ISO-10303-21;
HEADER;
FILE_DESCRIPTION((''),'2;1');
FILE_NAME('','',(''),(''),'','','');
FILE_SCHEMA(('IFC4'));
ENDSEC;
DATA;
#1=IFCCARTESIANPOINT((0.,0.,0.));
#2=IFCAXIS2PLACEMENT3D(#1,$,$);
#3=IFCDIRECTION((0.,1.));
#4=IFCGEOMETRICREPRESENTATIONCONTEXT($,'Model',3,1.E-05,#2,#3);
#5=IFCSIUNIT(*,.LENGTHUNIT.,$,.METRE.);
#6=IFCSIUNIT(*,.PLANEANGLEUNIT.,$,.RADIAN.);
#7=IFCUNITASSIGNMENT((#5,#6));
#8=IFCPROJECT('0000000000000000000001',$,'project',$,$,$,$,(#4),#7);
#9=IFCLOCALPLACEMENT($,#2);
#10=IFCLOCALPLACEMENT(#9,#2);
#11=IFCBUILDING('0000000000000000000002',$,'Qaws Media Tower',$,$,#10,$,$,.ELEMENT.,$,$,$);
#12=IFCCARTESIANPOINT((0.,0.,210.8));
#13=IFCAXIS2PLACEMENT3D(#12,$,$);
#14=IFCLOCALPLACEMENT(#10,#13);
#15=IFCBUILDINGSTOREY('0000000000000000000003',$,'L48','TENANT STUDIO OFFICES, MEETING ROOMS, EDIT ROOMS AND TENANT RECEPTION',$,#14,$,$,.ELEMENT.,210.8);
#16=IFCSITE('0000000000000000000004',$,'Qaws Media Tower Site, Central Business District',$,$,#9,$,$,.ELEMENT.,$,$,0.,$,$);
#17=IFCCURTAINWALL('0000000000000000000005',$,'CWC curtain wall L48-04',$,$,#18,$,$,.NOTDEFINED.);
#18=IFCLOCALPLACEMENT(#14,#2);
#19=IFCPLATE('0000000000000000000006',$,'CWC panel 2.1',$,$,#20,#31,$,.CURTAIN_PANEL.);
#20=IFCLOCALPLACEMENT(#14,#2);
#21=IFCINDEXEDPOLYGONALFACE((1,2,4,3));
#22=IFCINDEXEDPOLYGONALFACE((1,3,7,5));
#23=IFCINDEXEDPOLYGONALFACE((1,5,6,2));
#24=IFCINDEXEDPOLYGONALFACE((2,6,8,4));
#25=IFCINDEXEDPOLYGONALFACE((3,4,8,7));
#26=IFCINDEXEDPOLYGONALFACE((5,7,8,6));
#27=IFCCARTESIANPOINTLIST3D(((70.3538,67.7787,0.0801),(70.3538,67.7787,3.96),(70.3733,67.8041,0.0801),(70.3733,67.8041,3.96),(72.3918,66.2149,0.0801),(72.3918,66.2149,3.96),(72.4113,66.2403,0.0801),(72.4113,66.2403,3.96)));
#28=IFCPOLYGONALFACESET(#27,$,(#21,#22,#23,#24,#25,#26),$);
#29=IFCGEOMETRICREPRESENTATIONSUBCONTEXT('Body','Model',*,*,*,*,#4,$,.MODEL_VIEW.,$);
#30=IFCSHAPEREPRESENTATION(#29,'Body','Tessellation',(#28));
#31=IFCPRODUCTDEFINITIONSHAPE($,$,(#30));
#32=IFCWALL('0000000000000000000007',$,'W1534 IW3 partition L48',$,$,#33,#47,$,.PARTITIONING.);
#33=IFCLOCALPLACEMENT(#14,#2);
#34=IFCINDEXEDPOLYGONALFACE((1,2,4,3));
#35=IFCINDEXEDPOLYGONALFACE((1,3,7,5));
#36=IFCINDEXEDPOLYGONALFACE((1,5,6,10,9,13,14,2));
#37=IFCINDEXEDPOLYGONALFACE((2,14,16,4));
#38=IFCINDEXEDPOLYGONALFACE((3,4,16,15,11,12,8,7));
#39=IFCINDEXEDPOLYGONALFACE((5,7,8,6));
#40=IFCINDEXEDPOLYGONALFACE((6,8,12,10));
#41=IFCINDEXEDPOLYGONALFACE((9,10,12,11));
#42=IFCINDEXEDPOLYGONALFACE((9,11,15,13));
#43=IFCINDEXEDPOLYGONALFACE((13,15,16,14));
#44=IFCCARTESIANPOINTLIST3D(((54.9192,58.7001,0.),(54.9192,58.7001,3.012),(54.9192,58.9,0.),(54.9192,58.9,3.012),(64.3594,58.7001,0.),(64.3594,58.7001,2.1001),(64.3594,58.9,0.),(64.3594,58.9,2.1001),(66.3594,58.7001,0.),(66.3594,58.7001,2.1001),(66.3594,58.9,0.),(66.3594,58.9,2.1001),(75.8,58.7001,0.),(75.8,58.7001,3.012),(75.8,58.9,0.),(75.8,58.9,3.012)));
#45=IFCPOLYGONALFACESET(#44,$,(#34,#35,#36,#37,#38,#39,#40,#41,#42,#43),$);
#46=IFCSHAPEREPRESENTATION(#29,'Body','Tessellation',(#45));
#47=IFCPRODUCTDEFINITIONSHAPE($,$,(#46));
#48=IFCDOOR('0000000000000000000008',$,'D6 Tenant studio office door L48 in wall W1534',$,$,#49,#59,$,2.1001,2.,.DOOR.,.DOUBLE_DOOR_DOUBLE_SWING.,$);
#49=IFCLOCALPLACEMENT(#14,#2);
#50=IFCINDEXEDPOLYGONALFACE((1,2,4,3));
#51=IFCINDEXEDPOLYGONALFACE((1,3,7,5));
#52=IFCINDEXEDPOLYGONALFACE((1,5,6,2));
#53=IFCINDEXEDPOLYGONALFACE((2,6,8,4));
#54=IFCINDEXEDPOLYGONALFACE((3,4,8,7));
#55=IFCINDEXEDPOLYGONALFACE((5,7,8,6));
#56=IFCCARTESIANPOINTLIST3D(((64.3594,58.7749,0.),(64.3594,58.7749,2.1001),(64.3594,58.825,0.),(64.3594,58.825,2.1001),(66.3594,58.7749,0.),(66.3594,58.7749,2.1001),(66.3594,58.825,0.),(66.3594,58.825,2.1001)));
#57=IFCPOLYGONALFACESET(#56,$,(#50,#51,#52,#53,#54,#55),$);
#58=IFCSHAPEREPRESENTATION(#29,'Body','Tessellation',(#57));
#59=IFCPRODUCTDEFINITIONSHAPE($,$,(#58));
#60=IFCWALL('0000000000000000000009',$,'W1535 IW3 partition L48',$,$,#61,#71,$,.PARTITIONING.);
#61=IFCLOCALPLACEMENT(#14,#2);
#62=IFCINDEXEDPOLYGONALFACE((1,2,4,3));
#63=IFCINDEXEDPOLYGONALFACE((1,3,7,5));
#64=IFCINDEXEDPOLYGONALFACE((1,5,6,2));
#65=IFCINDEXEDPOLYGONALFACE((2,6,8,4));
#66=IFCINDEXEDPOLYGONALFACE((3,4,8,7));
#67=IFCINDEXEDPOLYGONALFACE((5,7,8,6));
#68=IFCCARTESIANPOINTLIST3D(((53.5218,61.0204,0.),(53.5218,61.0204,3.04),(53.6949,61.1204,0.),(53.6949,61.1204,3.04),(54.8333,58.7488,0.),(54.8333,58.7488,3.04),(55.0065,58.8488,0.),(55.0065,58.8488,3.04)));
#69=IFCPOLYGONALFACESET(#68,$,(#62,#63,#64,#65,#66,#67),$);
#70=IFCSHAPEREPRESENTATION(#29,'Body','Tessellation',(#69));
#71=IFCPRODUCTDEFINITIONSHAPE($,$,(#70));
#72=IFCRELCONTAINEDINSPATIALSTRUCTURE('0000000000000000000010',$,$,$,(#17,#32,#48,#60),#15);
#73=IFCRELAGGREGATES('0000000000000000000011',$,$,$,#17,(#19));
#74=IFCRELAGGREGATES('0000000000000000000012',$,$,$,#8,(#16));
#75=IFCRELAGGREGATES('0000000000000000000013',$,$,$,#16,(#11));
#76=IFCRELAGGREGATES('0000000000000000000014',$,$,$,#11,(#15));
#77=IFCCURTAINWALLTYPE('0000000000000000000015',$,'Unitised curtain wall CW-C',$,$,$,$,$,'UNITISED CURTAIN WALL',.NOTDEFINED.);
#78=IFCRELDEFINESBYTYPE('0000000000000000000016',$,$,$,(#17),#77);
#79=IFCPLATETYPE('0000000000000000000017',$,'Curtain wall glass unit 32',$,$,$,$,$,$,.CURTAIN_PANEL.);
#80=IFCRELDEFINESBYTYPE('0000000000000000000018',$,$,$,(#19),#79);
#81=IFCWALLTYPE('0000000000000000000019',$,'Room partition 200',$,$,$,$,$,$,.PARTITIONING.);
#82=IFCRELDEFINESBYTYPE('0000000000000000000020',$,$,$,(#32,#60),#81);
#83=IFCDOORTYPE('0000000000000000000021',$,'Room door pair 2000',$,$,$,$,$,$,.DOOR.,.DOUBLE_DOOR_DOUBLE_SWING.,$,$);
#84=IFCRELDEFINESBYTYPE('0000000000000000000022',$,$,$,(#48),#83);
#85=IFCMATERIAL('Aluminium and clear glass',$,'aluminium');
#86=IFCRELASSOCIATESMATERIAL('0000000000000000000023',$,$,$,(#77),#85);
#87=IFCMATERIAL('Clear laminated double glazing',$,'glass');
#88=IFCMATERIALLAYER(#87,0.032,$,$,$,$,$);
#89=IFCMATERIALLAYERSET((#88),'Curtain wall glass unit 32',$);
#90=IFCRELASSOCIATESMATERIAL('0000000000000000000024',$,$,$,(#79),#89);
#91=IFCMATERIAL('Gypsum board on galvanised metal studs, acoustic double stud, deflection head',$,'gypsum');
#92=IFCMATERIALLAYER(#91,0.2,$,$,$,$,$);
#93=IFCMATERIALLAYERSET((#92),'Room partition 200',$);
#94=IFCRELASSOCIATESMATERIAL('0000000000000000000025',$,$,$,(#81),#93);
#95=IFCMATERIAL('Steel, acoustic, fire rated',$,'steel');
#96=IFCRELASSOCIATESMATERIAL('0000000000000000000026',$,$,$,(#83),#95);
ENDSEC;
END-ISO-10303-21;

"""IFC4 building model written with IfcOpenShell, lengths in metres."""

from ifc_helpers import new_model, si_unit, direction, frame, frame_2d, origin, origin_2d, place, context, subcontext, project, spatial, rectangle, extrude, material, layer, layer_set, type_object, element, fill, aggregate, save


model = new_model("IFC4")

# Units and contexts
model_context = context("Model", 3, precision=1e-05, world=origin(), true_north=direction((0.0, 1.0)))
body_context = subcontext(model_context, "Body", "Model", "MODEL_VIEW")
ifc_project = project(units=[si_unit("LENGTHUNIT", "METRE"), si_unit("PLANEANGLEUNIT", "RADIAN")], contexts=[model_context])

# Site, building, storey
site_placement = place(None, origin())
site = spatial("IfcSite", under=ifc_project, at=site_placement, Name="Qaws Media Tower Site, Central Business District", CompositionType="ELEMENT", RefElevation=0.0)
building_placement = place(site_placement, origin())
building = spatial("IfcBuilding", under=site, at=building_placement, Name="Qaws Media Tower", CompositionType="ELEMENT")
storey_placement = place(building_placement, frame((0.0, 0.0, 210.8)))
storey = spatial("IfcBuildingStorey", under=building, at=storey_placement, Name="L48", Description="TENANT STUDIO OFFICES, MEETING ROOMS, EDIT ROOMS AND TENANT RECEPTION", CompositionType="ELEMENT", Elevation=210.8)

# Curtain wall, plate
ifc_material_1 = material(Name="Aluminium and clear glass", Category="aluminium")
curtain_wall_type = type_object("IfcCurtainWallType", Name="Unitised curtain wall CW-C", ElementType="UNITISED CURTAIN WALL", PredefinedType="NOTDEFINED", material=ifc_material_1)
curtain_wall_placement = place(storey_placement, origin())
curtain_wall = element("IfcCurtainWall", 1, at=curtain_wall_placement, inside=storey, type_object=curtain_wall_type, Name="CWC curtain wall L48-04", PredefinedType="NOTDEFINED")
ifc_material_2 = material(Name="Clear laminated double glazing", Category="glass")
ifc_layer_1 = layer(ifc_material_2, 0.032)
ifc_layer_set_1 = layer_set([ifc_layer_1], Name="Curtain wall glass unit 32")
plate_type = type_object("IfcPlateType", Name="Curtain wall glass unit 32", PredefinedType="CURTAIN_PANEL", material=ifc_layer_set_1)
plate_placement = place(storey_placement, frame((71.3826, 67.0095, 0.0801), z_axis=(0.0, 0.0, 1.0), x_axis=(-0.793353, 0.608761, 0.0)))
plate = element("IfcPlate", 2, at=plate_placement, type_object=plate_type, Name="CWC panel 2.1", PredefinedType="CURTAIN_PANEL", context=body_context, shape_type="SweptSolid", body=[
    extrude(rectangle(XDim=2.5688, YDim=0.032, at=origin_2d()), origin(), (0.0, 0.0, 1.0), 3.8799),
])
aggregate(curtain_wall, [plate])

# Wall, opening, door
ifc_material_3 = material(Name="Gypsum board on galvanised metal studs, acoustic double stud, deflection head", Category="gypsum")
ifc_layer_2 = layer(ifc_material_3, 0.2)
ifc_layer_set_2 = layer_set([ifc_layer_2], Name="Room partition 200")
wall_type = type_object("IfcWallType", Name="Room partition 200", PredefinedType="PARTITIONING", material=ifc_layer_set_2)
wall_1_placement = place(storey_placement, frame((54.9192, 58.8, 0.0), z_axis=(0.0, 0.0, 1.0), x_axis=(1.0, 0.0, 0.0)))
wall_1 = element("IfcWall", 3, at=wall_1_placement, inside=storey, type_object=wall_type, Name="W1534 IW3 partition L48", PredefinedType="PARTITIONING", context=body_context, shape_type="SweptSolid", body=[
    extrude(rectangle(XDim=20.8809, YDim=0.2, at=frame_2d((10.4404, 0.0))), origin(), (0.0, 0.0, 1.0), 3.012),
])
opening_placement = place(wall_1_placement, frame((9.4402, 0.0, 0.0)))
opening = element("IfcOpeningElement", 4, at=opening_placement, cuts=wall_1, PredefinedType="OPENING", context=body_context, shape_type="SweptSolid", body=[
    extrude(rectangle(XDim=2.0, YDim=2.1001, at=frame_2d((1.0, 1.05))), frame((0.0, 0.1099, 0.0), z_axis=(0.0, -1.0, 0.0), x_axis=(1.0, 0.0, 0.0)), (0.0, 0.0, 1.0), 0.22),
])
ifc_material_4 = material(Name="Steel, acoustic, fire rated", Category="steel")
door_type = type_object("IfcDoorType", Name="Room door pair 2000", OperationType="DOUBLE_DOOR_DOUBLE_SWING", PredefinedType="DOOR", material=ifc_material_4)
door_placement = place(opening_placement, origin())
door = element("IfcDoor", 5, at=door_placement, inside=storey, type_object=door_type, Name="D6 Tenant studio office door L48 in wall W1534", OperationType="DOUBLE_DOOR_DOUBLE_SWING", OverallHeight=2.1001, OverallWidth=2.0, PredefinedType="DOOR", context=body_context, shape_type="SweptSolid", body=[
    extrude(rectangle(XDim=2.0, YDim=2.1001, at=frame_2d((1.0, 1.05))), frame((0.0, 0.0249, 0.0), z_axis=(0.0, -1.0, 0.0), x_axis=(1.0, 0.0, 0.0)), (0.0, 0.0, 1.0), 0.05),
])
fill(opening, door)

# Wall
wall_2_placement = place(storey_placement, frame((54.9199, 58.7988, 0.0), z_axis=(0.0, 0.0, 1.0), x_axis=(-0.500023, 0.866012, 0.0)))
element("IfcWall", 6, at=wall_2_placement, inside=storey, type_object=wall_type, Name="W1535 IW3 partition L48", PredefinedType="PARTITIONING", context=body_context, shape_type="SweptSolid", body=[
    extrude(rectangle(XDim=2.623, YDim=0.2, at=frame_2d((1.3115, 0.0))), origin(), (0.0, 0.0, 1.0), 3.04),
])

save(model, "model.ifc")
